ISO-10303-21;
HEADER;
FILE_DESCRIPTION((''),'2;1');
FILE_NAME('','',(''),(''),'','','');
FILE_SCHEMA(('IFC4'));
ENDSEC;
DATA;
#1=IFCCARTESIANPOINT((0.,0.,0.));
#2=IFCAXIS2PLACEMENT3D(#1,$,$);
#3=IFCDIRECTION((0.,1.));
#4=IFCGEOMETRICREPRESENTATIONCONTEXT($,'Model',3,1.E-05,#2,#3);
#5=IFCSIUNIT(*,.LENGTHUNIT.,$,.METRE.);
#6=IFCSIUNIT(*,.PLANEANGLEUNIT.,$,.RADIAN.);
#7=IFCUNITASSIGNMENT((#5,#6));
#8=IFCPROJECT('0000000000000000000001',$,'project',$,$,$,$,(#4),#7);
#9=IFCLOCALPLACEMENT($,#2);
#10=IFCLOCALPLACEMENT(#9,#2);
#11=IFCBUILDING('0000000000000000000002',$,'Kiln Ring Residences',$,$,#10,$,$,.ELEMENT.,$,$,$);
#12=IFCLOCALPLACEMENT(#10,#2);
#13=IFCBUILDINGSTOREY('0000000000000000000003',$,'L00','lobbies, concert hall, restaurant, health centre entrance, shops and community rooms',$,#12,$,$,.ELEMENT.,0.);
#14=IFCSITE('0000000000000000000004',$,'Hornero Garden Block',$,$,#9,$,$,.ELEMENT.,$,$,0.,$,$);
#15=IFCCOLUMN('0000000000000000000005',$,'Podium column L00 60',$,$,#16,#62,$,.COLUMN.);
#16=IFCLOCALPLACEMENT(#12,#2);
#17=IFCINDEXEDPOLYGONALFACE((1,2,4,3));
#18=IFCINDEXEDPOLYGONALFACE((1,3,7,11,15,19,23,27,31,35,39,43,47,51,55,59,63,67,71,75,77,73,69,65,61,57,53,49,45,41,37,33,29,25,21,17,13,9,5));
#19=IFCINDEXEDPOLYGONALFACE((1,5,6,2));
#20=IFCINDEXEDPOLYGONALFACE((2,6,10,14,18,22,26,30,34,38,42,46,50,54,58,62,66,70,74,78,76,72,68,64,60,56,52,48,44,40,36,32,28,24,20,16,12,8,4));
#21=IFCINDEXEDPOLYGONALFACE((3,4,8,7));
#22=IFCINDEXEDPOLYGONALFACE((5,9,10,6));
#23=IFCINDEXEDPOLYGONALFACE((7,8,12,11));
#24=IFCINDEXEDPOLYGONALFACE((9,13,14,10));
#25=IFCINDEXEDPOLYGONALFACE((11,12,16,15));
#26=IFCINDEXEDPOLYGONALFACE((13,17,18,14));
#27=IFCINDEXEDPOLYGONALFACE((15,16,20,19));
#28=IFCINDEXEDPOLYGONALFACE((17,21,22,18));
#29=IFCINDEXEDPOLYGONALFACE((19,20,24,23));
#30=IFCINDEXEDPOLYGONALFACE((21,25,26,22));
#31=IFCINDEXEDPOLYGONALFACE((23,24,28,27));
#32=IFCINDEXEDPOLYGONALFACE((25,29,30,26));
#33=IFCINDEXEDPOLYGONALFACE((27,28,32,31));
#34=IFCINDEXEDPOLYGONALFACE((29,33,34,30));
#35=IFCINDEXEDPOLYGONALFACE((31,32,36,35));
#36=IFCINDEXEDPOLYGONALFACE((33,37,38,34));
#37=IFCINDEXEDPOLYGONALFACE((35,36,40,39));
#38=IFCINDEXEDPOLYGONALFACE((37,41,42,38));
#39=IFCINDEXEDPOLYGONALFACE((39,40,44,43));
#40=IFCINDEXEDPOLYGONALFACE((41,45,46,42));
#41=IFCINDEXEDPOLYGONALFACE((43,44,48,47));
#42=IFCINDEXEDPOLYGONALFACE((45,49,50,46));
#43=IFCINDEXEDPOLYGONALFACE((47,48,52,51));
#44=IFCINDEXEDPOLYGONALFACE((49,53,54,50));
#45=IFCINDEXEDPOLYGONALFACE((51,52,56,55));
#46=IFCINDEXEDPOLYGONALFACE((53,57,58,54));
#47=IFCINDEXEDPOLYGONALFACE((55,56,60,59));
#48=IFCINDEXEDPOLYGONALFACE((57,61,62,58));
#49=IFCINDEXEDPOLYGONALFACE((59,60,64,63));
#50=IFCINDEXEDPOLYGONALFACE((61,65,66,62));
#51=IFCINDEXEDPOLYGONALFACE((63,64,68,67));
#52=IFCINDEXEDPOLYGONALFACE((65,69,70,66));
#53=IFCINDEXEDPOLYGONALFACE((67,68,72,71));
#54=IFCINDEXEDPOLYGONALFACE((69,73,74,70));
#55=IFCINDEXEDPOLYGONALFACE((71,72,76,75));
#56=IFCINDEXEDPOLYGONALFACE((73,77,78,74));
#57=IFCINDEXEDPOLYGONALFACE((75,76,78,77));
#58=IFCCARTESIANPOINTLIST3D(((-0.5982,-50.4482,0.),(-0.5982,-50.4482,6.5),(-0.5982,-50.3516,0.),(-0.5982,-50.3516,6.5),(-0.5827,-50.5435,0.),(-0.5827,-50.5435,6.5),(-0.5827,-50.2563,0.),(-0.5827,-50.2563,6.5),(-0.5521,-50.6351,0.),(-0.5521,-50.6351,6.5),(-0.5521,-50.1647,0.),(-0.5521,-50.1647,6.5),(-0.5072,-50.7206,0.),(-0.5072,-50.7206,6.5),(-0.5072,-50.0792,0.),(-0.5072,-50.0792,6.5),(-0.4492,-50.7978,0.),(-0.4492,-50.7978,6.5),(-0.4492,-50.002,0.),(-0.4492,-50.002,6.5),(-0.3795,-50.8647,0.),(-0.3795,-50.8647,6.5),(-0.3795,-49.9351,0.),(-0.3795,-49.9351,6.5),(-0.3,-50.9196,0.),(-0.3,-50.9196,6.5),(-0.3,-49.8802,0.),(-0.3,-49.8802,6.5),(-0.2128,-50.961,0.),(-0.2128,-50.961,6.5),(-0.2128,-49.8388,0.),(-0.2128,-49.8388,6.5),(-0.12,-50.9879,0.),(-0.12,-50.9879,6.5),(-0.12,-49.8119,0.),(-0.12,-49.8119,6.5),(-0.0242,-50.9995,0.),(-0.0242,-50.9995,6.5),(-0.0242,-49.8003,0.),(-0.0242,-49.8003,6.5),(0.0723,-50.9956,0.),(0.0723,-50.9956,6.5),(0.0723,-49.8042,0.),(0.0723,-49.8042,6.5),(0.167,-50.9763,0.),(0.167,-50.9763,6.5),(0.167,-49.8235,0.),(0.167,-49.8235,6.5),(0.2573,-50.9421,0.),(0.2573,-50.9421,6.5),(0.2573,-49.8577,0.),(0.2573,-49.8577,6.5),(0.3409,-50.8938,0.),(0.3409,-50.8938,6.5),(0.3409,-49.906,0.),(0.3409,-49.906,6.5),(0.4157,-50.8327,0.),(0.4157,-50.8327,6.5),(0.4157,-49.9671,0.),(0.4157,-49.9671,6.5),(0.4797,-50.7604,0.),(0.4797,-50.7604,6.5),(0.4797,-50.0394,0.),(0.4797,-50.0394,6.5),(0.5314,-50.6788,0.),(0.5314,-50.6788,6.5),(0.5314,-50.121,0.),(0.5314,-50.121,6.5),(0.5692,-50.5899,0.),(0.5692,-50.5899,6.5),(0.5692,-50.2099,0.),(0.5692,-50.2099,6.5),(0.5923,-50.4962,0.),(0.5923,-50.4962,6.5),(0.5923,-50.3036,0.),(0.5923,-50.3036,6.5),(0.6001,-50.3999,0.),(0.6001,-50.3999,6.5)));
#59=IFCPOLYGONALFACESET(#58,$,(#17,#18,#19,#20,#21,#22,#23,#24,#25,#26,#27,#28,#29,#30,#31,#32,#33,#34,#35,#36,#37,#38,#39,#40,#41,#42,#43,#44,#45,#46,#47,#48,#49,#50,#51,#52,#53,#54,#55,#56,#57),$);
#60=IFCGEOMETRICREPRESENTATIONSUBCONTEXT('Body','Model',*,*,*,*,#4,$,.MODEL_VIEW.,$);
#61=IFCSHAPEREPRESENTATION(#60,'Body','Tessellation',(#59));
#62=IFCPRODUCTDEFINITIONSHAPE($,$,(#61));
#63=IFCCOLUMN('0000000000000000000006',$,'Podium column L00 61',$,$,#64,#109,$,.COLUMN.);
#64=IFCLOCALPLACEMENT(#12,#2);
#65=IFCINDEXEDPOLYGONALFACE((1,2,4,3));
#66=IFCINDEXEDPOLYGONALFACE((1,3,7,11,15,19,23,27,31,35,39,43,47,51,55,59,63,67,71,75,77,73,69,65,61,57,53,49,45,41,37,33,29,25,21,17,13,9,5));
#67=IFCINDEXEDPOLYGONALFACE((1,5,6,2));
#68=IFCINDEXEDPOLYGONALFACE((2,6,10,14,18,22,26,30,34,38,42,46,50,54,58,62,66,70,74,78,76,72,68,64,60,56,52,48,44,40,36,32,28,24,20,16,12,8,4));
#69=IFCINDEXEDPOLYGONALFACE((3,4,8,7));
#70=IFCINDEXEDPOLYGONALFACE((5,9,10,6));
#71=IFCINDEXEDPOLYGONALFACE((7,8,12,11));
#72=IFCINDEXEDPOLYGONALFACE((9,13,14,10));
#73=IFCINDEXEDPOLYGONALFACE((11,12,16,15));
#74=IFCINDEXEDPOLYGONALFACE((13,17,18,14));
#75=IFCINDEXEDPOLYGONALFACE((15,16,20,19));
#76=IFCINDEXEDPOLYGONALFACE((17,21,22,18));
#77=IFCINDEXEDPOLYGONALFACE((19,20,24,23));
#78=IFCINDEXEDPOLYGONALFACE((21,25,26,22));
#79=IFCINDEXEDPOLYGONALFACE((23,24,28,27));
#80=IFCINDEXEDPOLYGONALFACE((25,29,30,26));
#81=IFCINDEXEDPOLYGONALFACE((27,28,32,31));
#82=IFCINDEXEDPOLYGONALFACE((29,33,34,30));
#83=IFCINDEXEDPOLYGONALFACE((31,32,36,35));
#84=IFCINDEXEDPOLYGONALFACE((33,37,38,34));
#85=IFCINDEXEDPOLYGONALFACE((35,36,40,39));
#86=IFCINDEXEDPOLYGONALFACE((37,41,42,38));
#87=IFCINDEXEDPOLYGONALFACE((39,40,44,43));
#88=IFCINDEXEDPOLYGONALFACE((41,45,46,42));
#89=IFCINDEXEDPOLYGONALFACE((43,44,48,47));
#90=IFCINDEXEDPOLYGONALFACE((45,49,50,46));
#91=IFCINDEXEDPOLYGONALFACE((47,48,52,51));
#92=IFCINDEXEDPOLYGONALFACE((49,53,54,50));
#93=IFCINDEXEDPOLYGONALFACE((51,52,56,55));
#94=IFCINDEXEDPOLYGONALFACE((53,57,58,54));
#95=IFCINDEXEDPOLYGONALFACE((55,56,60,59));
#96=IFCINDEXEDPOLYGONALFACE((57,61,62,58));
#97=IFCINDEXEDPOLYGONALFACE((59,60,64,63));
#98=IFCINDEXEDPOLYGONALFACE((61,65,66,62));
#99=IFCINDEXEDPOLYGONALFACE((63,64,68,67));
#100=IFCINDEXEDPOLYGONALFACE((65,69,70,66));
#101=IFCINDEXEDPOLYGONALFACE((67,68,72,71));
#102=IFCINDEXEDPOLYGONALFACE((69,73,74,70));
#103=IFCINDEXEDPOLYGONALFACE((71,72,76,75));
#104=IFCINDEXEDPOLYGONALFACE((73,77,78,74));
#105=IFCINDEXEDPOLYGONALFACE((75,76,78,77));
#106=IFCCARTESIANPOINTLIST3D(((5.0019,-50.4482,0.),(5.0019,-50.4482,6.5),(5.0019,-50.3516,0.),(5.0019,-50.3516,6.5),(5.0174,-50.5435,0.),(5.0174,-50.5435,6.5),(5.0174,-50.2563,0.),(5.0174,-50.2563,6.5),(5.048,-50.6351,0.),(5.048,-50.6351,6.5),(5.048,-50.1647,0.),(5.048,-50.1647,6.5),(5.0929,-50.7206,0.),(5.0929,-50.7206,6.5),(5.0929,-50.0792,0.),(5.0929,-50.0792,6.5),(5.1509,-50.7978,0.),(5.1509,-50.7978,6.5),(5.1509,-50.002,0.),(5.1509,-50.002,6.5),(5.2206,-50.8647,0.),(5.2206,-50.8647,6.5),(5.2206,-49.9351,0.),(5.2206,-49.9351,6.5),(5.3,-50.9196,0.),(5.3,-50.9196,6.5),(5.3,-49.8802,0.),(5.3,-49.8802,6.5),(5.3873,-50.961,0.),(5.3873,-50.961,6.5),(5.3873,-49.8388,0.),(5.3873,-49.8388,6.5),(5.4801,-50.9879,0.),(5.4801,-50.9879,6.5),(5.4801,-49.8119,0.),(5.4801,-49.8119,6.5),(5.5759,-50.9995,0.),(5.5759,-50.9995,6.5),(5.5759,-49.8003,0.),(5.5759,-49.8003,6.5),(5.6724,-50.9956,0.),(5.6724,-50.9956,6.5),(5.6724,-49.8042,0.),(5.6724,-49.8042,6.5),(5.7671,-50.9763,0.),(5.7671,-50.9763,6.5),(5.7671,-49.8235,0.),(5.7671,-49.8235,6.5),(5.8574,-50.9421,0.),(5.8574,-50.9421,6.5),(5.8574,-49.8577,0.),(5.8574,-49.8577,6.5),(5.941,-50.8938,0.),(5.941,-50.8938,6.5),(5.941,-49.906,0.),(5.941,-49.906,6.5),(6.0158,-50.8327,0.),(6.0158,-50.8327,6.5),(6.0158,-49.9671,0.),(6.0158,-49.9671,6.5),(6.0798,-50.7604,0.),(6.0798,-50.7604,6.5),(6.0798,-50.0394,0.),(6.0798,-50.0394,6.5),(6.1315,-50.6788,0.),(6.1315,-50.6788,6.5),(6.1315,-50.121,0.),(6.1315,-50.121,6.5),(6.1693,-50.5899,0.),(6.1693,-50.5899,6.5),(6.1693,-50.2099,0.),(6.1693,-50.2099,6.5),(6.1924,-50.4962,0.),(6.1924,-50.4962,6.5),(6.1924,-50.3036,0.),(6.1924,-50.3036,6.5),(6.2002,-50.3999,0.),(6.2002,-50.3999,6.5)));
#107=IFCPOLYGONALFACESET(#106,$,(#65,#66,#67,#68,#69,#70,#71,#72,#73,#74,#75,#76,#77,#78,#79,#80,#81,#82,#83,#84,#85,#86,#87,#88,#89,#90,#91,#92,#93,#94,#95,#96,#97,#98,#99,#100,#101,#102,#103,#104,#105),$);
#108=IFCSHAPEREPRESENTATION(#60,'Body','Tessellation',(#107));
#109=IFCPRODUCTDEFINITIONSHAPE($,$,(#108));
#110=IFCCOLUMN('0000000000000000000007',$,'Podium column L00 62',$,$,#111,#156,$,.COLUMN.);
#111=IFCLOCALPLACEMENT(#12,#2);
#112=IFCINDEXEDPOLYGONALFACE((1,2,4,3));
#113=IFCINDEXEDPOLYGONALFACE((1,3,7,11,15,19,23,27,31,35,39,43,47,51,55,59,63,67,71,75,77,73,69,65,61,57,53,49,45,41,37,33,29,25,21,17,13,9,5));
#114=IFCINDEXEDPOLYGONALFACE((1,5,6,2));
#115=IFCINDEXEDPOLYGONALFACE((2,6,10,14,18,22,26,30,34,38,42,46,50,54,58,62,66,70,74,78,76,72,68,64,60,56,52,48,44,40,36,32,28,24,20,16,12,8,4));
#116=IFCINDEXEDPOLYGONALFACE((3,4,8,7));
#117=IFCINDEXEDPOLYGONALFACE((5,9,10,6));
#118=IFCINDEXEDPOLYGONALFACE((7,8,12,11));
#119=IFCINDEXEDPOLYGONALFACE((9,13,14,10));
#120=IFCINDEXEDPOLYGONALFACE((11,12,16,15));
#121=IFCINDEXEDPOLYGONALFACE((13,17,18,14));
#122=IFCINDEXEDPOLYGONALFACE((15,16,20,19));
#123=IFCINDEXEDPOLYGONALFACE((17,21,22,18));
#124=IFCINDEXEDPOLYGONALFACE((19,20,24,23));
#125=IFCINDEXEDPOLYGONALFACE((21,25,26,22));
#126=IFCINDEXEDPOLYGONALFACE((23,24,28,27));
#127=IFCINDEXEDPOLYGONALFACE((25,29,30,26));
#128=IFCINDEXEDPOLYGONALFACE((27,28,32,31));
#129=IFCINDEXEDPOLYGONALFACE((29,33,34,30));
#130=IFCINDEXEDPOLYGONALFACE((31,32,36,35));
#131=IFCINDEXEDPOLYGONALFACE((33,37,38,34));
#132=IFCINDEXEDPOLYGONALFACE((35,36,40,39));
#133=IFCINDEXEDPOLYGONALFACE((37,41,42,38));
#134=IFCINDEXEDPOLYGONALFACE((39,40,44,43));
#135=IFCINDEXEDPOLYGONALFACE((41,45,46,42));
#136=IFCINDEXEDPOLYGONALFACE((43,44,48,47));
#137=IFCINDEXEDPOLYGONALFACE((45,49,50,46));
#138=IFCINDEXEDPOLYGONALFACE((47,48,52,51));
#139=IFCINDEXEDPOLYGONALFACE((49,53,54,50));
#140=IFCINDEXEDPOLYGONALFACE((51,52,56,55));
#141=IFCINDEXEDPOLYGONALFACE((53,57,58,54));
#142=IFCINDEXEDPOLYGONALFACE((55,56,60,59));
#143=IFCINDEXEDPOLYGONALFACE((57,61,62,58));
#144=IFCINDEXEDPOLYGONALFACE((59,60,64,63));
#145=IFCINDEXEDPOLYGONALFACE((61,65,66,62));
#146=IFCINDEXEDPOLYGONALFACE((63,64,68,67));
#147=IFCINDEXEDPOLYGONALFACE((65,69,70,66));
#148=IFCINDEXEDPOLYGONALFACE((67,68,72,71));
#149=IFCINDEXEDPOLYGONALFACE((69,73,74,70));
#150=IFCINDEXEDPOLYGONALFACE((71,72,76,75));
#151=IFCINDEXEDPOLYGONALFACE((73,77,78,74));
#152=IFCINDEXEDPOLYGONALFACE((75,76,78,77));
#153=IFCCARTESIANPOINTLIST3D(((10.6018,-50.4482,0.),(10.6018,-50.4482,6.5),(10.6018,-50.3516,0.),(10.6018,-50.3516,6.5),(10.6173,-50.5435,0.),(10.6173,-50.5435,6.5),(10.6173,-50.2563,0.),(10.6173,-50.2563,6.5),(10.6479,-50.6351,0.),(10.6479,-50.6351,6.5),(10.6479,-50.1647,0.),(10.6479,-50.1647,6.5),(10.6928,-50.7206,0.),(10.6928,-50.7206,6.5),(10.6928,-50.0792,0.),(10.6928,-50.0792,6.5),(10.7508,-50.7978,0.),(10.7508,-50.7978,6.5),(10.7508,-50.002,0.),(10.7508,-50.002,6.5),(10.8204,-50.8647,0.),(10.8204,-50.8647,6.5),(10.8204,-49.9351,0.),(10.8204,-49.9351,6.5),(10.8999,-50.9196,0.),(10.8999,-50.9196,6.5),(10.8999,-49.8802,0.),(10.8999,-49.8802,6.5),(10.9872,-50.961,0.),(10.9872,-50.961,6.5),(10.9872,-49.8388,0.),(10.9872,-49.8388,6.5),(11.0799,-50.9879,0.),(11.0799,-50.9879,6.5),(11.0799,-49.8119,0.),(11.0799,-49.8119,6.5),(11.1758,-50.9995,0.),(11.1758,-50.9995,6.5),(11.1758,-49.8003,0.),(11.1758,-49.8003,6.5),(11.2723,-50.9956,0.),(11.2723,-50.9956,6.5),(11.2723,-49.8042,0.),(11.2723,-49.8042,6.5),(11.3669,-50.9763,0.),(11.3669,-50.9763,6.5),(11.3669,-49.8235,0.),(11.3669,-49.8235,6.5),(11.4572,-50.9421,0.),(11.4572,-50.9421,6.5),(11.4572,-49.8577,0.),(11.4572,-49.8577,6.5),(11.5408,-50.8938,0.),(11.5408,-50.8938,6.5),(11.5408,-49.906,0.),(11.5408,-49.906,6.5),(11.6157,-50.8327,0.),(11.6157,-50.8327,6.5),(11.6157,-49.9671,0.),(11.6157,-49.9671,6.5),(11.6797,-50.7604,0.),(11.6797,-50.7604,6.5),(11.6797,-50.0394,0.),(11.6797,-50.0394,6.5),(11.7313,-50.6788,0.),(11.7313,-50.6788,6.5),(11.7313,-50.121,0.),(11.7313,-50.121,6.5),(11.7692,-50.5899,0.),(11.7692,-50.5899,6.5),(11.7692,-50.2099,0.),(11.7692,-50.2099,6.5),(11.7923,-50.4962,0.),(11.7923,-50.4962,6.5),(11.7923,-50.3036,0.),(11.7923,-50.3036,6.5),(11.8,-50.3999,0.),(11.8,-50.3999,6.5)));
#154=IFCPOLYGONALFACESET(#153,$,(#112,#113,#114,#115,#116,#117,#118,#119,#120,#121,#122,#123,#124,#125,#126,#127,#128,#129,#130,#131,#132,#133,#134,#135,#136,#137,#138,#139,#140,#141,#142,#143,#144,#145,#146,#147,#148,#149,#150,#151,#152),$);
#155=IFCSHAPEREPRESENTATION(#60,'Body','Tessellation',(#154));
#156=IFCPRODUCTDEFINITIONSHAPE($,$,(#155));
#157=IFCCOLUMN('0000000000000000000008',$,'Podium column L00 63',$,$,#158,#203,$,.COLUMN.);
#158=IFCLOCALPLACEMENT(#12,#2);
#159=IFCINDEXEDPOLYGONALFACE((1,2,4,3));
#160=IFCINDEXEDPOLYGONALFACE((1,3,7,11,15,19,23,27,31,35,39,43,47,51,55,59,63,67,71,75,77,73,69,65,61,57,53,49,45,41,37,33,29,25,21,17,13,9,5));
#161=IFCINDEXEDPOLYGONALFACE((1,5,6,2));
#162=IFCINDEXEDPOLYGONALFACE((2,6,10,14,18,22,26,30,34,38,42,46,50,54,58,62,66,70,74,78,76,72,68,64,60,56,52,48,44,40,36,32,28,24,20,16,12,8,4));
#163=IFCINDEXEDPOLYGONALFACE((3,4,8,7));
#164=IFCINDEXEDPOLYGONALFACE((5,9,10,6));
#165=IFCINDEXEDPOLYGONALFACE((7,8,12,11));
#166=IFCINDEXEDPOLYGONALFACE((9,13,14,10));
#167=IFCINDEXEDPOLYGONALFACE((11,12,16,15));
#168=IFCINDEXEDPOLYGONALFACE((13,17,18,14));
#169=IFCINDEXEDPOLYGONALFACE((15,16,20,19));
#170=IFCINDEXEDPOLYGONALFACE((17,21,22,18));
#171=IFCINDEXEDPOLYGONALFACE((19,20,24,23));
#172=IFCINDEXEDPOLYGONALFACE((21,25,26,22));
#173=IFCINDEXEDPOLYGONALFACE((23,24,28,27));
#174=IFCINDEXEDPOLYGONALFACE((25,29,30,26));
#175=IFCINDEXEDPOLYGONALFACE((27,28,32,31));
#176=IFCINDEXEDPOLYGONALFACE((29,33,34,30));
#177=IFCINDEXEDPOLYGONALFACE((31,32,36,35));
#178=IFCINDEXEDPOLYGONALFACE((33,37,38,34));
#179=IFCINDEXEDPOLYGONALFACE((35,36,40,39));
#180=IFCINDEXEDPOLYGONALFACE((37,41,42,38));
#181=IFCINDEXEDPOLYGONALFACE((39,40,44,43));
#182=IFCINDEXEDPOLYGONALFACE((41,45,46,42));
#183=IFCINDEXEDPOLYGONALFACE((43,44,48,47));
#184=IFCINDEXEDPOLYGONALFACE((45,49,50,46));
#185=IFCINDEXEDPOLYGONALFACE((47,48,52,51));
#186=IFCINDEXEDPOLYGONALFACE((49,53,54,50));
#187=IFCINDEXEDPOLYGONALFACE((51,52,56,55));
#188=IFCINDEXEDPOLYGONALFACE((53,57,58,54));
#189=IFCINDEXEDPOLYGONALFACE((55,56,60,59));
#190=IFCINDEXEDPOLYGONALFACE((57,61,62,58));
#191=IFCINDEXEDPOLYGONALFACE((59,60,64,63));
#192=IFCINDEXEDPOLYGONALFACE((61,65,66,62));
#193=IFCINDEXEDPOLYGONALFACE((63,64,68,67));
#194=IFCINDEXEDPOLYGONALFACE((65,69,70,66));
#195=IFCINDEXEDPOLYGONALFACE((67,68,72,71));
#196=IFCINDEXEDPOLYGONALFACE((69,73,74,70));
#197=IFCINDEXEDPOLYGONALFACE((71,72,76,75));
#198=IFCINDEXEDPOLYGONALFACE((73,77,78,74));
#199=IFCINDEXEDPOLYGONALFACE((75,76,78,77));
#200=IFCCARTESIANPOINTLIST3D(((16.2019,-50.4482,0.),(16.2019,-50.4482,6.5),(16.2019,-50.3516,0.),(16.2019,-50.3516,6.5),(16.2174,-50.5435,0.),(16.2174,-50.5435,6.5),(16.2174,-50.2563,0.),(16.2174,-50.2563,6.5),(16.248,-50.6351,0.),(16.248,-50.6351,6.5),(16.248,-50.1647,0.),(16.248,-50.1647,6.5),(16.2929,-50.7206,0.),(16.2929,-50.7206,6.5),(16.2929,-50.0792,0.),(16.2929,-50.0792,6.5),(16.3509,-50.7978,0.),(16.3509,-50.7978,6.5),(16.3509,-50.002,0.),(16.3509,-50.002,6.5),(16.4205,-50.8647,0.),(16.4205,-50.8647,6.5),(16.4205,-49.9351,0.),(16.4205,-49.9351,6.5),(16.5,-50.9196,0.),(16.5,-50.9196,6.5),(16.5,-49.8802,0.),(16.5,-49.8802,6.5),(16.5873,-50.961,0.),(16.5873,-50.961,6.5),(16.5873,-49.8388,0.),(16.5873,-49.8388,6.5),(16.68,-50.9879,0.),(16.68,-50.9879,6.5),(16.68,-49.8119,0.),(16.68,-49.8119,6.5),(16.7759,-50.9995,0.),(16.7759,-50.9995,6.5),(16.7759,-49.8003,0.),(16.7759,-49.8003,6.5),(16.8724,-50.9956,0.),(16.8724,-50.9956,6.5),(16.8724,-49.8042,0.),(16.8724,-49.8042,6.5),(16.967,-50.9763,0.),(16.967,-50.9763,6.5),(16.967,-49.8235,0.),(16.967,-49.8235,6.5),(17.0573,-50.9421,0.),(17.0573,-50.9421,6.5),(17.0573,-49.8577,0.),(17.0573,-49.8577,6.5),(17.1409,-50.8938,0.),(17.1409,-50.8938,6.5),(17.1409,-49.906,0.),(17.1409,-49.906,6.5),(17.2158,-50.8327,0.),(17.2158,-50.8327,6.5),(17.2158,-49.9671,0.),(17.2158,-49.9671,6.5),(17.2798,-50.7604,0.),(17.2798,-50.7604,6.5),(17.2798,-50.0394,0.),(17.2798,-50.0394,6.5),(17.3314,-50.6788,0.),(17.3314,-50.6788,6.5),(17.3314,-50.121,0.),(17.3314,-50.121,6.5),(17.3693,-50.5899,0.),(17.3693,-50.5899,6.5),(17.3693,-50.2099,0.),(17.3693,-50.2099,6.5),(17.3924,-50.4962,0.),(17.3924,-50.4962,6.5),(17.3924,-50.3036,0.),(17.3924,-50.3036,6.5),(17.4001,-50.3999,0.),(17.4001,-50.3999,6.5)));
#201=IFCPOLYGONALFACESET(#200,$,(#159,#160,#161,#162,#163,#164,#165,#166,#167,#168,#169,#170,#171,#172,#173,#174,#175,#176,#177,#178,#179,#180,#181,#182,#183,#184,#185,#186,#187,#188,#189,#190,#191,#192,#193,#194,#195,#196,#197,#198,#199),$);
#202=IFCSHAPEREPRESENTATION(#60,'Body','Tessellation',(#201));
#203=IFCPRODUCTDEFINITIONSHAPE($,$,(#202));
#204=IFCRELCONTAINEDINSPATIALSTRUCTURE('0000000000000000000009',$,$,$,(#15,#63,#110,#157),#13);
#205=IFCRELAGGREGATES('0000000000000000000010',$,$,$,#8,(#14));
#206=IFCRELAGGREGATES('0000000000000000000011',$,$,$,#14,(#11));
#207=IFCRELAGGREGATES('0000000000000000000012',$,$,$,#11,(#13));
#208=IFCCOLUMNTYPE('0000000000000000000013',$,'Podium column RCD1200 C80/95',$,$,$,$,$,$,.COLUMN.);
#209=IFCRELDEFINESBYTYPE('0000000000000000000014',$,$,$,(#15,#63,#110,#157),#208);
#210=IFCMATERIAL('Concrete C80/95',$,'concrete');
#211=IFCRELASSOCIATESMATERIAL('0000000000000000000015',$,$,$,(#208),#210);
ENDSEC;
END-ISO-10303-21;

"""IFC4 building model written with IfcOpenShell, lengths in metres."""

from ifc_helpers import new_model, si_unit, direction, frame, origin, origin_2d, place, context, subcontext, project, spatial, circle, extrude, material, material_profile, profile_set, type_object, element, save


model = new_model("IFC4")

# Units and contexts
model_context = context("Model", 3, precision=1e-05, world=origin(), true_north=direction((0.0, 1.0)))
body_context = subcontext(model_context, "Body", "Model", "MODEL_VIEW")
ifc_project = project(units=[si_unit("LENGTHUNIT", "METRE"), si_unit("PLANEANGLEUNIT", "RADIAN")], contexts=[model_context])

# Site, building, storey
site_placement = place(None, origin())
site = spatial("IfcSite", under=ifc_project, at=site_placement, Name="Hornero Garden Block", CompositionType="ELEMENT", RefElevation=0.0)
building_placement = place(site_placement, origin())
building = spatial("IfcBuilding", under=site, at=building_placement, Name="Kiln Ring Residences", CompositionType="ELEMENT")
storey_placement = place(building_placement, origin())
storey = spatial("IfcBuildingStorey", under=building, at=storey_placement, Name="L00", Description="lobbies, concert hall, restaurant, health centre entrance, shops and community rooms", CompositionType="ELEMENT", Elevation=0.0)

# Columns
ifc_material_1 = material(Name="Concrete C80/95", Category="concrete")
ifc_material_profile_1 = material_profile(ifc_material_1, circle(Radius=0.6001, at=origin_2d()), Name="RCD1200")
ifc_profile_set_1 = profile_set([ifc_material_profile_1], Name="Concrete C80/95")
column_type = type_object("IfcColumnType", Name="Podium column RCD1200 C80/95", PredefinedType="COLUMN", material=ifc_profile_set_1)
for number, where, z_axis, x_axis, name in (
    (1, (0.0, -50.3999, 0.0), (0.0, 0.0, 1.0), (1.0, 0.0, 0.0), "Podium column L00 60"),
    (2, (5.6001, -50.3999, 0.0), (0.0, 0.0, 1.0), (1.0, 0.0, 0.0), "Podium column L00 61"),
    (3, (11.2, -50.3999, 0.0), (0.0, 0.0, 1.0), (1.0, 0.0, 0.0), "Podium column L00 62"),
    (4, (16.8, -50.3999, 0.0), (0.0, 0.0, 1.0), (1.0, 0.0, 0.0), "Podium column L00 63"),
):
    element("IfcColumn", number, at=place(storey_placement, frame(where, z_axis=z_axis, x_axis=x_axis)), inside=storey, type_object=column_type, Name=name, PredefinedType="COLUMN", context=body_context, shape_type="SweptSolid", body=[
        extrude(circle(Radius=0.6001, at=origin_2d()), origin(), (0.0, 0.0, 1.0), 6.5),
    ])

save(model, "model.ifc")
